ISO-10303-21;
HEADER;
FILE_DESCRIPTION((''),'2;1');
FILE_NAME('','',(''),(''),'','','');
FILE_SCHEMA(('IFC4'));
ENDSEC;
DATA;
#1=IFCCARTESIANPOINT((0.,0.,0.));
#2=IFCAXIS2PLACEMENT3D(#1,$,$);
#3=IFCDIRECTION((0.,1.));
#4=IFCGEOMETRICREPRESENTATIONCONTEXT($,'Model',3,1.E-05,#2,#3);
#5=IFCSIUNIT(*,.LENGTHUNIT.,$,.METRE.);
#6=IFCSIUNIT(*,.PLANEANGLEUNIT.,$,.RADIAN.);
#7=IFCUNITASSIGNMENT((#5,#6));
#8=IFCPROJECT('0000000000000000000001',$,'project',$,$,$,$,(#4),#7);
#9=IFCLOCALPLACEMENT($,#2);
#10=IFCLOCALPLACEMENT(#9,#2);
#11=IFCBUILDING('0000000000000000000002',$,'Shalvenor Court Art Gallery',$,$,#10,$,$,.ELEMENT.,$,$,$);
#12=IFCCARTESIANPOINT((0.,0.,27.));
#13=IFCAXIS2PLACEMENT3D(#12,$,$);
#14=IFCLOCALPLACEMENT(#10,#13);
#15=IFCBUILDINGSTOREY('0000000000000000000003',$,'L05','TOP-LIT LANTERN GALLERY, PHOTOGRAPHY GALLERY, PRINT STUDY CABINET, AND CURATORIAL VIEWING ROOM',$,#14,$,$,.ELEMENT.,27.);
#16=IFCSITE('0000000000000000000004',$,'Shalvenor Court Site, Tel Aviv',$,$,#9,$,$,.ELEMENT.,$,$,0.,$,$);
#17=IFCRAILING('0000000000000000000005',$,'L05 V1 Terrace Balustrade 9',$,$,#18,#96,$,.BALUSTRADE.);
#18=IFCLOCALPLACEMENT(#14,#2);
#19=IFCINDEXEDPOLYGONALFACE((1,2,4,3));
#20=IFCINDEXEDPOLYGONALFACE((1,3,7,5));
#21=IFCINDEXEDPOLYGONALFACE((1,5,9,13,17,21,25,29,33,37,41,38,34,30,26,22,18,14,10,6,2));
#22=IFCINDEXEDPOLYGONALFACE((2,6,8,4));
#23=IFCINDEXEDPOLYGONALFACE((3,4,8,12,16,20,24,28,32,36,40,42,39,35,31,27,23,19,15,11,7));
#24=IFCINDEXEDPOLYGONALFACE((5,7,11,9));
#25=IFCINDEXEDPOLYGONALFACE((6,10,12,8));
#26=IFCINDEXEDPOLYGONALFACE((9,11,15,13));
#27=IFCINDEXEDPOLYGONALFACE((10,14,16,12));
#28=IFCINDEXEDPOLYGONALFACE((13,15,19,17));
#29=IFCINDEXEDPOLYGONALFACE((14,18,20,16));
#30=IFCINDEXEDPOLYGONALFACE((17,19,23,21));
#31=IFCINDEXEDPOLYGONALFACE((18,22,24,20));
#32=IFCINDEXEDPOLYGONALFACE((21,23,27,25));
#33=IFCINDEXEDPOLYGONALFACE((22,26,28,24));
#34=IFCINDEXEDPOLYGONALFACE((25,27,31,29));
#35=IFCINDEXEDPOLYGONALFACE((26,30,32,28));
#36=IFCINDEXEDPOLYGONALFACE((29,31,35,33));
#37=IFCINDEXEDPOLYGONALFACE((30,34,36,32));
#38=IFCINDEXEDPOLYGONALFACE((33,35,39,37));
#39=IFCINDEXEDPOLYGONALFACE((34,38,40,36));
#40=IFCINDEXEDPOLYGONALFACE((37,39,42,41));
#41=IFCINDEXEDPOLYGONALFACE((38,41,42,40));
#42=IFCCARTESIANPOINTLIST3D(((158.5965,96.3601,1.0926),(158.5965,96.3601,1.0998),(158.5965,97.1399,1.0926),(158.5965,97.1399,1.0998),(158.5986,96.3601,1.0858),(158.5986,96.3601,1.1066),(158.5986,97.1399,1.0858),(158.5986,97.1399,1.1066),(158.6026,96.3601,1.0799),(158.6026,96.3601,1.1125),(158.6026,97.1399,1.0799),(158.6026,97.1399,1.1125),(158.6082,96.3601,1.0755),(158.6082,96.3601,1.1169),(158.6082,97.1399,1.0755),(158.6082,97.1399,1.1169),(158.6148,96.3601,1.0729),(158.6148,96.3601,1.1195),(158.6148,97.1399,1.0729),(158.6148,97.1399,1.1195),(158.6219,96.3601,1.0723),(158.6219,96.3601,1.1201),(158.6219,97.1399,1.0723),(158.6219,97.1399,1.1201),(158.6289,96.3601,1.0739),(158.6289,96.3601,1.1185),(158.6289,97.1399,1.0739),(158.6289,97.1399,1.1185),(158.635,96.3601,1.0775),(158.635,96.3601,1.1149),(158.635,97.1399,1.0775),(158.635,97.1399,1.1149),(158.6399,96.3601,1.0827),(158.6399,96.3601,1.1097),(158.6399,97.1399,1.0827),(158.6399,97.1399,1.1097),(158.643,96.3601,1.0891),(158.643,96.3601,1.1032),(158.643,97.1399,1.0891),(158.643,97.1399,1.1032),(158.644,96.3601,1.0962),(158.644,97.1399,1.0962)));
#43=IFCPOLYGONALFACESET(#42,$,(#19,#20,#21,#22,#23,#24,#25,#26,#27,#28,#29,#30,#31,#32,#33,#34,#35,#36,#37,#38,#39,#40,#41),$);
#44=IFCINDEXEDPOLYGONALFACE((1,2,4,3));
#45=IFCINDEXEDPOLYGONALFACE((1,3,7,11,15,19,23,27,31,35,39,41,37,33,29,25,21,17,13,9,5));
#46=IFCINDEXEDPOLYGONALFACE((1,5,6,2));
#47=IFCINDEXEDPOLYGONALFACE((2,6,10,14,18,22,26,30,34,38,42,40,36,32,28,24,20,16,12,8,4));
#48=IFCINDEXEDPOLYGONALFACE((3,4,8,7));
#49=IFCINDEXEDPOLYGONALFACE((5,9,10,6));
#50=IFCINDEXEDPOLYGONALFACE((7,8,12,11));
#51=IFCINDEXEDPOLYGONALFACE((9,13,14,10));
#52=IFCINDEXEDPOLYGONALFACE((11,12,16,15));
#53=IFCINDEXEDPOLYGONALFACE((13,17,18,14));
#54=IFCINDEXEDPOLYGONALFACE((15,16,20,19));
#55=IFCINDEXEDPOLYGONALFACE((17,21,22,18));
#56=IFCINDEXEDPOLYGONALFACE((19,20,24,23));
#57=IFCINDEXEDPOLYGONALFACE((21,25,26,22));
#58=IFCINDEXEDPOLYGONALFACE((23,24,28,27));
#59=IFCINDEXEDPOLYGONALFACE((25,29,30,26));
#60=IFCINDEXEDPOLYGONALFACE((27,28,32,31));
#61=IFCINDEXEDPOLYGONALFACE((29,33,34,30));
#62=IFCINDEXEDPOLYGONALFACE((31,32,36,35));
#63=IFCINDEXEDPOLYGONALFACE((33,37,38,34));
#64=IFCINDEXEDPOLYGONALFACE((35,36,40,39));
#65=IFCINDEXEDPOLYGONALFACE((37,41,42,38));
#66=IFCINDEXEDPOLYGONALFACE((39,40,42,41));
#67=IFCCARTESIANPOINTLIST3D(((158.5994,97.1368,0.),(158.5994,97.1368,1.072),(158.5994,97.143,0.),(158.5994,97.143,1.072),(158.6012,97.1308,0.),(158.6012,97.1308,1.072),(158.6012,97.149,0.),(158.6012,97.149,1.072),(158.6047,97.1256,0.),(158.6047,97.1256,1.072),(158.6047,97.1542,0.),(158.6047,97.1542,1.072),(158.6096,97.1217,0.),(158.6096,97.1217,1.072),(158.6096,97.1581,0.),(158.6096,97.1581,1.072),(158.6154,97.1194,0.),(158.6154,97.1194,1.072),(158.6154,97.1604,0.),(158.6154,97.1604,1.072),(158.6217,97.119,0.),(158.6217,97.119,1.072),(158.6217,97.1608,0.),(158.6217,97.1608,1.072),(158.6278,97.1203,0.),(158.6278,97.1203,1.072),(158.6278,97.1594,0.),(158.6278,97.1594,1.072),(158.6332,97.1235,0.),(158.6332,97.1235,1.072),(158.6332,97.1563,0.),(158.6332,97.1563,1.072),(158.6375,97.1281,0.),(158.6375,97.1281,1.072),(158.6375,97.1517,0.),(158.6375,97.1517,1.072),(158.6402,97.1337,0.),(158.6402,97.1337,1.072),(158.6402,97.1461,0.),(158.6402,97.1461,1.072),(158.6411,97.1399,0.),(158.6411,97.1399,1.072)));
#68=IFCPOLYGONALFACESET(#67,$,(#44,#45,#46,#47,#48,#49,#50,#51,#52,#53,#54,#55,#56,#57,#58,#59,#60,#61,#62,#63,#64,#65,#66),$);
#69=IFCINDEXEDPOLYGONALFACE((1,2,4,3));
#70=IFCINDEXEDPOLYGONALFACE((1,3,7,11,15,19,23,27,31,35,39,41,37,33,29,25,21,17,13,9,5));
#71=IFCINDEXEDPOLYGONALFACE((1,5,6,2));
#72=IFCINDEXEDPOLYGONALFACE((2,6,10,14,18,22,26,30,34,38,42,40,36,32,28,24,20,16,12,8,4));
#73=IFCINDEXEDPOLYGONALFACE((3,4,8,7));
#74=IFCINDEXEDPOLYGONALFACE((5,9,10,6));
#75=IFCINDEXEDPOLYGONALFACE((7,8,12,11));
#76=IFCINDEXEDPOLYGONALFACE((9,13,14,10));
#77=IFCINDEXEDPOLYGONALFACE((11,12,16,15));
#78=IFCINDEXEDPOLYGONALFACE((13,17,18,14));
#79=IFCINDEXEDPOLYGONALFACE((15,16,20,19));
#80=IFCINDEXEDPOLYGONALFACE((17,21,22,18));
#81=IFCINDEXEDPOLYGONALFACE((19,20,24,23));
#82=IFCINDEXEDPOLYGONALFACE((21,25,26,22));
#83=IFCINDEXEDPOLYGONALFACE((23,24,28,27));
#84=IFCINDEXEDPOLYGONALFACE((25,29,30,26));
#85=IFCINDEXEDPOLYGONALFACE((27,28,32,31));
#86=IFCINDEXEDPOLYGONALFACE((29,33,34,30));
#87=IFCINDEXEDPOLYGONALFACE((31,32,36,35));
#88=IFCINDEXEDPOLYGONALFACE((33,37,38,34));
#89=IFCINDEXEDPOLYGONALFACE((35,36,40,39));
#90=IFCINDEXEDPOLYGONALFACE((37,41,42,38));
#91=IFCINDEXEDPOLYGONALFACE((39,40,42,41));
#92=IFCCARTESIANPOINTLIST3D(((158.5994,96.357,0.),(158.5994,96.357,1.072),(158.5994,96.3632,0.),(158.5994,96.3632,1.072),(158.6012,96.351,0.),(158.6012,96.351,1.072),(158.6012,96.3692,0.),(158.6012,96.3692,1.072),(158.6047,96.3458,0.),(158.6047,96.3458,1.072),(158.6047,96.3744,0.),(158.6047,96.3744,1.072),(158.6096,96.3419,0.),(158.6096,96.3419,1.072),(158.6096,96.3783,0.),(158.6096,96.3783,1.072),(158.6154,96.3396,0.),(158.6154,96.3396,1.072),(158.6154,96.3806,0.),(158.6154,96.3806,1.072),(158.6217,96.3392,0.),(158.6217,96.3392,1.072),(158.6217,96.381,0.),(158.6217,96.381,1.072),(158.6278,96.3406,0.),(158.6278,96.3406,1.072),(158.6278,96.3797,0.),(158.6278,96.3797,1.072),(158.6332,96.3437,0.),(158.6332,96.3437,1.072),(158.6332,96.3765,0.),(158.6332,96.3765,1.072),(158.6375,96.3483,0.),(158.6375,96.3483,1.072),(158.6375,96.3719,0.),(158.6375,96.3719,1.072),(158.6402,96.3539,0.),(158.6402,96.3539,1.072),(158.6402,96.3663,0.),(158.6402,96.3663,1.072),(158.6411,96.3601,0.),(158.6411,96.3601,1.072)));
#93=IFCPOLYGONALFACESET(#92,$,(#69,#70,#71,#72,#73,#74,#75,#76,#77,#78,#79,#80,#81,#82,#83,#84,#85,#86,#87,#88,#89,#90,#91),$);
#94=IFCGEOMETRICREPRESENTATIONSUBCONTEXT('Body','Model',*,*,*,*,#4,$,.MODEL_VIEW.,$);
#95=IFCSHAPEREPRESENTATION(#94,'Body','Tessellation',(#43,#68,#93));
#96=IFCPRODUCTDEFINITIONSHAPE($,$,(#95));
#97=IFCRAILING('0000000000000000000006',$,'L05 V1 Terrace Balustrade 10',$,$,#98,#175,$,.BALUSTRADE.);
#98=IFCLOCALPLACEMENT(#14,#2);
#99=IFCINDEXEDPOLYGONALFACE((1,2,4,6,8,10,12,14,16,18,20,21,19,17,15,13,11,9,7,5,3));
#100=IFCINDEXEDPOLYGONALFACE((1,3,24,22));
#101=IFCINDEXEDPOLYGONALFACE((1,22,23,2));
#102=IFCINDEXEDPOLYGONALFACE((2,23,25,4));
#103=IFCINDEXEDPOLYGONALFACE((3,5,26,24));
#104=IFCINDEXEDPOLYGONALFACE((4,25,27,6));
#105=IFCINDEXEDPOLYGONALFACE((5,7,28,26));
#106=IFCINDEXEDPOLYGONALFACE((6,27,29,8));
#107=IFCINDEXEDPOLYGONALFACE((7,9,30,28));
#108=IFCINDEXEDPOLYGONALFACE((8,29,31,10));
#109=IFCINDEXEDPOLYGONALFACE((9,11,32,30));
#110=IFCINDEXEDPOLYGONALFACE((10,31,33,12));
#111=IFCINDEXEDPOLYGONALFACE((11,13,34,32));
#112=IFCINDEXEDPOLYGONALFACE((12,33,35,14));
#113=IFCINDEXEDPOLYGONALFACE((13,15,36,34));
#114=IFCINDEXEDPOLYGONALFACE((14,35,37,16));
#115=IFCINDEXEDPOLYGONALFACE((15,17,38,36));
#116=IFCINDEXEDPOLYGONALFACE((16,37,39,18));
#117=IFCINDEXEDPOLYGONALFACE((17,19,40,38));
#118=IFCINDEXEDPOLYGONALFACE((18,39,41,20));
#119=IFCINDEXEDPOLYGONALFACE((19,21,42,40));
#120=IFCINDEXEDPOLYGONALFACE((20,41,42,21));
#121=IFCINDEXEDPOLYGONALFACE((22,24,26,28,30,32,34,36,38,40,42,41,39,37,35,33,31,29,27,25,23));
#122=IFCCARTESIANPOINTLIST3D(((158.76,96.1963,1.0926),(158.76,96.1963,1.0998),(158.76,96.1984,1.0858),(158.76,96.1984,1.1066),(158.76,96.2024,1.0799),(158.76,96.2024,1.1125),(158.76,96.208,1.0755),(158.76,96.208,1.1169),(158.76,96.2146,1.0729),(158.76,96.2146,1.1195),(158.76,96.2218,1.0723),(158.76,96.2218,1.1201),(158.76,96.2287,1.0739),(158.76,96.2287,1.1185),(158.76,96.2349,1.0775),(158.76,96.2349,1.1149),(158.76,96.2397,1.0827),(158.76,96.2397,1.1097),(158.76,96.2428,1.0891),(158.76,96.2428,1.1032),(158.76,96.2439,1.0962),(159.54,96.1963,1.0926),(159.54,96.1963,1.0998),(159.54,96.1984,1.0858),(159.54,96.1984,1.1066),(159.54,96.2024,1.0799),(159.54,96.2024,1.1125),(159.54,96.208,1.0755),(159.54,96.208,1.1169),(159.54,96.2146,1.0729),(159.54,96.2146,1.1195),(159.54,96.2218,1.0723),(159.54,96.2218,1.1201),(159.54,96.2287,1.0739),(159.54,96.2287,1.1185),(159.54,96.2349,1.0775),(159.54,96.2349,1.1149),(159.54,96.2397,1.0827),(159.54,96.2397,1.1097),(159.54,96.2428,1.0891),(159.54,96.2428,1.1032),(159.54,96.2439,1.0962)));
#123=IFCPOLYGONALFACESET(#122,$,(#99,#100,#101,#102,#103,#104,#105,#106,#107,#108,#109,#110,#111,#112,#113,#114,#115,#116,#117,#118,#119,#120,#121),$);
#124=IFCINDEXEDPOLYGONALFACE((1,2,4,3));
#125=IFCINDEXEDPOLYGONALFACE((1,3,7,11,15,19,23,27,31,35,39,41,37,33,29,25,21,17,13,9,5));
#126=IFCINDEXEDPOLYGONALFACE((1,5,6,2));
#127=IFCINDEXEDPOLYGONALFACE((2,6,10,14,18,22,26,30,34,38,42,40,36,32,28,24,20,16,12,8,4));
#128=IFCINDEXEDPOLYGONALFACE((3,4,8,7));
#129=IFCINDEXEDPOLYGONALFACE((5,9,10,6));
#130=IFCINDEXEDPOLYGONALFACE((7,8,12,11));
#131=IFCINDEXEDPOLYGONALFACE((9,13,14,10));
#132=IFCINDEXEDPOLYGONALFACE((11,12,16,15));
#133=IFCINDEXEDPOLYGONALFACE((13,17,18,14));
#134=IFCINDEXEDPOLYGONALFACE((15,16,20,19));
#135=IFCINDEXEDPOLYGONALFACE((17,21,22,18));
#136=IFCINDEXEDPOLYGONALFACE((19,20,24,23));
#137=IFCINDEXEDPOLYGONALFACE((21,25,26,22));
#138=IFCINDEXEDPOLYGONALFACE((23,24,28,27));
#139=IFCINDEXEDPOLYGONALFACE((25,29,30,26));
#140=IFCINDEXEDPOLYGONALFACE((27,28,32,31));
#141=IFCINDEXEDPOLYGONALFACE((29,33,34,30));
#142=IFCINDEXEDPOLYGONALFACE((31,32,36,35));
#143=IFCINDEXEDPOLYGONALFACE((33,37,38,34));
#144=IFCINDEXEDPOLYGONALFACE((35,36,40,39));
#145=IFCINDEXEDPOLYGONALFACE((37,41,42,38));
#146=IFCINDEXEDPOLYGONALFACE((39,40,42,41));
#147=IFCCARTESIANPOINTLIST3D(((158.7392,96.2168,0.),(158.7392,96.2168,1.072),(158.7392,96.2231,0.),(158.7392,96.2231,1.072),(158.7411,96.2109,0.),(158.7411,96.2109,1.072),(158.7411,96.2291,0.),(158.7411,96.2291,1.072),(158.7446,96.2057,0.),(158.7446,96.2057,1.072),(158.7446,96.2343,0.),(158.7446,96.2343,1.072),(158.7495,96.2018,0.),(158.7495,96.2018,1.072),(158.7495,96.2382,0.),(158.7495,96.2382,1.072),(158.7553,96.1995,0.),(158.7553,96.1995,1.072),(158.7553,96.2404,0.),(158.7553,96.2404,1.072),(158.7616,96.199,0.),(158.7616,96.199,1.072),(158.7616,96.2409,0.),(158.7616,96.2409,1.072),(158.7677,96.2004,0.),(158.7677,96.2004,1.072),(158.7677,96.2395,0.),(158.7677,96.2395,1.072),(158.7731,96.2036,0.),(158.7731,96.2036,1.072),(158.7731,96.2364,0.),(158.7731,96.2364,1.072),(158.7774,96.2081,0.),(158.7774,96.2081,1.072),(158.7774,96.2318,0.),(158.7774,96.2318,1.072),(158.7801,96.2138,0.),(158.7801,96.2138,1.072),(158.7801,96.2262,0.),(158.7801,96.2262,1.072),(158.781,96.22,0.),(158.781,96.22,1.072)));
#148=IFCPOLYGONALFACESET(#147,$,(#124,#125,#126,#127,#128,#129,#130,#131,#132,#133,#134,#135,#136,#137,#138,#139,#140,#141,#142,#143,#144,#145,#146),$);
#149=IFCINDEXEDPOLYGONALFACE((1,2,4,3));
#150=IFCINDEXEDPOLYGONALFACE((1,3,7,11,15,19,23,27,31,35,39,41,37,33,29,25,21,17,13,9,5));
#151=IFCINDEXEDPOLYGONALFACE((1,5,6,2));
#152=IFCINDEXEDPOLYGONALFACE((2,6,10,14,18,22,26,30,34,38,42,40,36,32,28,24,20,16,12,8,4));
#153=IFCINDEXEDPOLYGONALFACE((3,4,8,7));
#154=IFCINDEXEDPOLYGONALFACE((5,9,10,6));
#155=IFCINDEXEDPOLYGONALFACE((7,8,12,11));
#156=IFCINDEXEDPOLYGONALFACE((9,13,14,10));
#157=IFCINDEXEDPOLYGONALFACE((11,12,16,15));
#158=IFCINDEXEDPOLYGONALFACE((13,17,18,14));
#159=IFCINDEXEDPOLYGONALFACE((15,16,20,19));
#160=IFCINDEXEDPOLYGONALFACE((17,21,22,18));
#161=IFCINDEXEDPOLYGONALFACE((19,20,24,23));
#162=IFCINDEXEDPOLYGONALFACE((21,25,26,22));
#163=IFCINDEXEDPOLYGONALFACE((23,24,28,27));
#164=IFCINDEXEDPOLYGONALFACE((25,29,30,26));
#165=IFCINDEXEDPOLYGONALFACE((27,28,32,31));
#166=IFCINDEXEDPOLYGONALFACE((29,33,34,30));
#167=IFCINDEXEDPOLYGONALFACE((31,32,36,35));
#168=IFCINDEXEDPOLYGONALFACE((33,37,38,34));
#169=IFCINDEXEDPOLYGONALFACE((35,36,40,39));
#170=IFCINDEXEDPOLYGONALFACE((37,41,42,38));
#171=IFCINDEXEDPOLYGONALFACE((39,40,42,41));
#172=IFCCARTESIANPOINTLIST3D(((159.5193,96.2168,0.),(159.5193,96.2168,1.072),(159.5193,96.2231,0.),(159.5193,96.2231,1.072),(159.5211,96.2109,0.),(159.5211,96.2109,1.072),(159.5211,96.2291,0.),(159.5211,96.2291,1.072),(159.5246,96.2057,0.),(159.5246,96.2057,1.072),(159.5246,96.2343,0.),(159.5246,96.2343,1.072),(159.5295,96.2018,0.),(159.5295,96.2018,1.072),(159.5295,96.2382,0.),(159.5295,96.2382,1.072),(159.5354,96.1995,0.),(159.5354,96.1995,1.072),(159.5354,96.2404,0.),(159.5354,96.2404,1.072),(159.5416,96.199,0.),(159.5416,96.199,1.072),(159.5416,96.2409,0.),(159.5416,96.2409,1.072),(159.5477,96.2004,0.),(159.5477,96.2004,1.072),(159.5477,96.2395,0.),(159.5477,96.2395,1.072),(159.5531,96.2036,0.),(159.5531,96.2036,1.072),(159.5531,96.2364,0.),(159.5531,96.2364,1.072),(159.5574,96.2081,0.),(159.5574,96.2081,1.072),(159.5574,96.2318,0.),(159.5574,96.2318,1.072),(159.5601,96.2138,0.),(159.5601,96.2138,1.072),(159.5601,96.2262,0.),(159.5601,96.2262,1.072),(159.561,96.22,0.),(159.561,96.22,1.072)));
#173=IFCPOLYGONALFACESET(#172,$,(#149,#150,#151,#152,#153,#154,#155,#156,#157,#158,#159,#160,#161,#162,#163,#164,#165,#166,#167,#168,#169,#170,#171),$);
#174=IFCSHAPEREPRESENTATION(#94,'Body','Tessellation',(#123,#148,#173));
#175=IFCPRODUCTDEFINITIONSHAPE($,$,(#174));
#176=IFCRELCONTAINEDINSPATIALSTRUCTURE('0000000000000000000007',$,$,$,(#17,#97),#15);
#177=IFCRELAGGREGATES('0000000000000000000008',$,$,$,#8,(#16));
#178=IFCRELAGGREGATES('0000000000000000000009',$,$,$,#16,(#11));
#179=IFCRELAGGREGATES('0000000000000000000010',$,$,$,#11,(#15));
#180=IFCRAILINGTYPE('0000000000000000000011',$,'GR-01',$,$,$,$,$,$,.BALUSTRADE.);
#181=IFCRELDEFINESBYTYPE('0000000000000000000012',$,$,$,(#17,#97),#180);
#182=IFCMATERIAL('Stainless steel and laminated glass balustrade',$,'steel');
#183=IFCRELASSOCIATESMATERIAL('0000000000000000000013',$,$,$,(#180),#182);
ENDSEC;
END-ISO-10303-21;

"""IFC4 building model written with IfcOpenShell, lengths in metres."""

from ifc_helpers import new_model, si_unit, direction, frame, origin, origin_2d, place, context, subcontext, project, spatial, circle, extrude, material, type_object, element, save


model = new_model("IFC4")

# Units and contexts
model_context = context("Model", 3, precision=1e-05, world=origin(), true_north=direction((0.0, 1.0)))
body_context = subcontext(model_context, "Body", "Model", "MODEL_VIEW")
ifc_project = project(units=[si_unit("LENGTHUNIT", "METRE"), si_unit("PLANEANGLEUNIT", "RADIAN")], contexts=[model_context])

# Site, building, storey
site_placement = place(None, origin())
site = spatial("IfcSite", under=ifc_project, at=site_placement, Name="Shalvenor Court Site, Tel Aviv", CompositionType="ELEMENT", RefElevation=0.0)
building_placement = place(site_placement, origin())
building = spatial("IfcBuilding", under=site, at=building_placement, Name="Shalvenor Court Art Gallery", CompositionType="ELEMENT")
storey_placement = place(building_placement, frame((0.0, 0.0, 27.0)))
storey = spatial("IfcBuildingStorey", under=building, at=storey_placement, Name="L05", Description="TOP-LIT LANTERN GALLERY, PHOTOGRAPHY GALLERY, PRINT STUDY CABINET, AND CURATORIAL VIEWING ROOM", CompositionType="ELEMENT", Elevation=27.0)

# Railings
ifc_material_1 = material(Name="Stainless steel and laminated glass balustrade", Category="steel")
railing_type = type_object("IfcRailingType", Name="GR-01", PredefinedType="BALUSTRADE", material=ifc_material_1)
railing_1_placement = place(storey_placement, frame((158.6201, 97.1399, 0.0)))
element("IfcRailing", 1, at=railing_1_placement, inside=storey, type_object=railing_type, Name="L05 V1 Terrace Balustrade 9", PredefinedType="BALUSTRADE", context=body_context, shape_type="SweptSolid", body=[
    extrude(circle(Radius=0.0239, at=origin_2d()), frame((0.0, 0.0, 1.0962), z_axis=(0.0, -1.0, 0.0), x_axis=(1.0, 0.0, 0.0)), (0.0, 0.0, 1.0), 0.7798),
    extrude(circle(Radius=0.021, at=origin_2d()), origin(), (0.0, 0.0, 1.0), 1.072),
    extrude(circle(Radius=0.021, at=origin_2d()), frame((0.0, -0.7798, 0.0)), (0.0, 0.0, 1.0), 1.072),
])
railing_2_placement = place(storey_placement, frame((158.76, 96.22, 0.0)))
element("IfcRailing", 2, at=railing_2_placement, inside=storey, type_object=railing_type, Name="L05 V1 Terrace Balustrade 10", PredefinedType="BALUSTRADE", context=body_context, shape_type="SweptSolid", body=[
    extrude(circle(Radius=0.0239, at=origin_2d()), frame((0.0, 0.0, 1.0962), z_axis=(1.0, 0.0, 0.0), x_axis=(0.0, 1.0, 0.0)), (0.0, 0.0, 1.0), 0.78),
    extrude(circle(Radius=0.021, at=origin_2d()), origin(), (0.0, 0.0, 1.0), 1.072),
    extrude(circle(Radius=0.021, at=origin_2d()), frame((0.78, 0.0, 0.0)), (0.0, 0.0, 1.0), 1.072),
])

save(model, "model.ifc")
